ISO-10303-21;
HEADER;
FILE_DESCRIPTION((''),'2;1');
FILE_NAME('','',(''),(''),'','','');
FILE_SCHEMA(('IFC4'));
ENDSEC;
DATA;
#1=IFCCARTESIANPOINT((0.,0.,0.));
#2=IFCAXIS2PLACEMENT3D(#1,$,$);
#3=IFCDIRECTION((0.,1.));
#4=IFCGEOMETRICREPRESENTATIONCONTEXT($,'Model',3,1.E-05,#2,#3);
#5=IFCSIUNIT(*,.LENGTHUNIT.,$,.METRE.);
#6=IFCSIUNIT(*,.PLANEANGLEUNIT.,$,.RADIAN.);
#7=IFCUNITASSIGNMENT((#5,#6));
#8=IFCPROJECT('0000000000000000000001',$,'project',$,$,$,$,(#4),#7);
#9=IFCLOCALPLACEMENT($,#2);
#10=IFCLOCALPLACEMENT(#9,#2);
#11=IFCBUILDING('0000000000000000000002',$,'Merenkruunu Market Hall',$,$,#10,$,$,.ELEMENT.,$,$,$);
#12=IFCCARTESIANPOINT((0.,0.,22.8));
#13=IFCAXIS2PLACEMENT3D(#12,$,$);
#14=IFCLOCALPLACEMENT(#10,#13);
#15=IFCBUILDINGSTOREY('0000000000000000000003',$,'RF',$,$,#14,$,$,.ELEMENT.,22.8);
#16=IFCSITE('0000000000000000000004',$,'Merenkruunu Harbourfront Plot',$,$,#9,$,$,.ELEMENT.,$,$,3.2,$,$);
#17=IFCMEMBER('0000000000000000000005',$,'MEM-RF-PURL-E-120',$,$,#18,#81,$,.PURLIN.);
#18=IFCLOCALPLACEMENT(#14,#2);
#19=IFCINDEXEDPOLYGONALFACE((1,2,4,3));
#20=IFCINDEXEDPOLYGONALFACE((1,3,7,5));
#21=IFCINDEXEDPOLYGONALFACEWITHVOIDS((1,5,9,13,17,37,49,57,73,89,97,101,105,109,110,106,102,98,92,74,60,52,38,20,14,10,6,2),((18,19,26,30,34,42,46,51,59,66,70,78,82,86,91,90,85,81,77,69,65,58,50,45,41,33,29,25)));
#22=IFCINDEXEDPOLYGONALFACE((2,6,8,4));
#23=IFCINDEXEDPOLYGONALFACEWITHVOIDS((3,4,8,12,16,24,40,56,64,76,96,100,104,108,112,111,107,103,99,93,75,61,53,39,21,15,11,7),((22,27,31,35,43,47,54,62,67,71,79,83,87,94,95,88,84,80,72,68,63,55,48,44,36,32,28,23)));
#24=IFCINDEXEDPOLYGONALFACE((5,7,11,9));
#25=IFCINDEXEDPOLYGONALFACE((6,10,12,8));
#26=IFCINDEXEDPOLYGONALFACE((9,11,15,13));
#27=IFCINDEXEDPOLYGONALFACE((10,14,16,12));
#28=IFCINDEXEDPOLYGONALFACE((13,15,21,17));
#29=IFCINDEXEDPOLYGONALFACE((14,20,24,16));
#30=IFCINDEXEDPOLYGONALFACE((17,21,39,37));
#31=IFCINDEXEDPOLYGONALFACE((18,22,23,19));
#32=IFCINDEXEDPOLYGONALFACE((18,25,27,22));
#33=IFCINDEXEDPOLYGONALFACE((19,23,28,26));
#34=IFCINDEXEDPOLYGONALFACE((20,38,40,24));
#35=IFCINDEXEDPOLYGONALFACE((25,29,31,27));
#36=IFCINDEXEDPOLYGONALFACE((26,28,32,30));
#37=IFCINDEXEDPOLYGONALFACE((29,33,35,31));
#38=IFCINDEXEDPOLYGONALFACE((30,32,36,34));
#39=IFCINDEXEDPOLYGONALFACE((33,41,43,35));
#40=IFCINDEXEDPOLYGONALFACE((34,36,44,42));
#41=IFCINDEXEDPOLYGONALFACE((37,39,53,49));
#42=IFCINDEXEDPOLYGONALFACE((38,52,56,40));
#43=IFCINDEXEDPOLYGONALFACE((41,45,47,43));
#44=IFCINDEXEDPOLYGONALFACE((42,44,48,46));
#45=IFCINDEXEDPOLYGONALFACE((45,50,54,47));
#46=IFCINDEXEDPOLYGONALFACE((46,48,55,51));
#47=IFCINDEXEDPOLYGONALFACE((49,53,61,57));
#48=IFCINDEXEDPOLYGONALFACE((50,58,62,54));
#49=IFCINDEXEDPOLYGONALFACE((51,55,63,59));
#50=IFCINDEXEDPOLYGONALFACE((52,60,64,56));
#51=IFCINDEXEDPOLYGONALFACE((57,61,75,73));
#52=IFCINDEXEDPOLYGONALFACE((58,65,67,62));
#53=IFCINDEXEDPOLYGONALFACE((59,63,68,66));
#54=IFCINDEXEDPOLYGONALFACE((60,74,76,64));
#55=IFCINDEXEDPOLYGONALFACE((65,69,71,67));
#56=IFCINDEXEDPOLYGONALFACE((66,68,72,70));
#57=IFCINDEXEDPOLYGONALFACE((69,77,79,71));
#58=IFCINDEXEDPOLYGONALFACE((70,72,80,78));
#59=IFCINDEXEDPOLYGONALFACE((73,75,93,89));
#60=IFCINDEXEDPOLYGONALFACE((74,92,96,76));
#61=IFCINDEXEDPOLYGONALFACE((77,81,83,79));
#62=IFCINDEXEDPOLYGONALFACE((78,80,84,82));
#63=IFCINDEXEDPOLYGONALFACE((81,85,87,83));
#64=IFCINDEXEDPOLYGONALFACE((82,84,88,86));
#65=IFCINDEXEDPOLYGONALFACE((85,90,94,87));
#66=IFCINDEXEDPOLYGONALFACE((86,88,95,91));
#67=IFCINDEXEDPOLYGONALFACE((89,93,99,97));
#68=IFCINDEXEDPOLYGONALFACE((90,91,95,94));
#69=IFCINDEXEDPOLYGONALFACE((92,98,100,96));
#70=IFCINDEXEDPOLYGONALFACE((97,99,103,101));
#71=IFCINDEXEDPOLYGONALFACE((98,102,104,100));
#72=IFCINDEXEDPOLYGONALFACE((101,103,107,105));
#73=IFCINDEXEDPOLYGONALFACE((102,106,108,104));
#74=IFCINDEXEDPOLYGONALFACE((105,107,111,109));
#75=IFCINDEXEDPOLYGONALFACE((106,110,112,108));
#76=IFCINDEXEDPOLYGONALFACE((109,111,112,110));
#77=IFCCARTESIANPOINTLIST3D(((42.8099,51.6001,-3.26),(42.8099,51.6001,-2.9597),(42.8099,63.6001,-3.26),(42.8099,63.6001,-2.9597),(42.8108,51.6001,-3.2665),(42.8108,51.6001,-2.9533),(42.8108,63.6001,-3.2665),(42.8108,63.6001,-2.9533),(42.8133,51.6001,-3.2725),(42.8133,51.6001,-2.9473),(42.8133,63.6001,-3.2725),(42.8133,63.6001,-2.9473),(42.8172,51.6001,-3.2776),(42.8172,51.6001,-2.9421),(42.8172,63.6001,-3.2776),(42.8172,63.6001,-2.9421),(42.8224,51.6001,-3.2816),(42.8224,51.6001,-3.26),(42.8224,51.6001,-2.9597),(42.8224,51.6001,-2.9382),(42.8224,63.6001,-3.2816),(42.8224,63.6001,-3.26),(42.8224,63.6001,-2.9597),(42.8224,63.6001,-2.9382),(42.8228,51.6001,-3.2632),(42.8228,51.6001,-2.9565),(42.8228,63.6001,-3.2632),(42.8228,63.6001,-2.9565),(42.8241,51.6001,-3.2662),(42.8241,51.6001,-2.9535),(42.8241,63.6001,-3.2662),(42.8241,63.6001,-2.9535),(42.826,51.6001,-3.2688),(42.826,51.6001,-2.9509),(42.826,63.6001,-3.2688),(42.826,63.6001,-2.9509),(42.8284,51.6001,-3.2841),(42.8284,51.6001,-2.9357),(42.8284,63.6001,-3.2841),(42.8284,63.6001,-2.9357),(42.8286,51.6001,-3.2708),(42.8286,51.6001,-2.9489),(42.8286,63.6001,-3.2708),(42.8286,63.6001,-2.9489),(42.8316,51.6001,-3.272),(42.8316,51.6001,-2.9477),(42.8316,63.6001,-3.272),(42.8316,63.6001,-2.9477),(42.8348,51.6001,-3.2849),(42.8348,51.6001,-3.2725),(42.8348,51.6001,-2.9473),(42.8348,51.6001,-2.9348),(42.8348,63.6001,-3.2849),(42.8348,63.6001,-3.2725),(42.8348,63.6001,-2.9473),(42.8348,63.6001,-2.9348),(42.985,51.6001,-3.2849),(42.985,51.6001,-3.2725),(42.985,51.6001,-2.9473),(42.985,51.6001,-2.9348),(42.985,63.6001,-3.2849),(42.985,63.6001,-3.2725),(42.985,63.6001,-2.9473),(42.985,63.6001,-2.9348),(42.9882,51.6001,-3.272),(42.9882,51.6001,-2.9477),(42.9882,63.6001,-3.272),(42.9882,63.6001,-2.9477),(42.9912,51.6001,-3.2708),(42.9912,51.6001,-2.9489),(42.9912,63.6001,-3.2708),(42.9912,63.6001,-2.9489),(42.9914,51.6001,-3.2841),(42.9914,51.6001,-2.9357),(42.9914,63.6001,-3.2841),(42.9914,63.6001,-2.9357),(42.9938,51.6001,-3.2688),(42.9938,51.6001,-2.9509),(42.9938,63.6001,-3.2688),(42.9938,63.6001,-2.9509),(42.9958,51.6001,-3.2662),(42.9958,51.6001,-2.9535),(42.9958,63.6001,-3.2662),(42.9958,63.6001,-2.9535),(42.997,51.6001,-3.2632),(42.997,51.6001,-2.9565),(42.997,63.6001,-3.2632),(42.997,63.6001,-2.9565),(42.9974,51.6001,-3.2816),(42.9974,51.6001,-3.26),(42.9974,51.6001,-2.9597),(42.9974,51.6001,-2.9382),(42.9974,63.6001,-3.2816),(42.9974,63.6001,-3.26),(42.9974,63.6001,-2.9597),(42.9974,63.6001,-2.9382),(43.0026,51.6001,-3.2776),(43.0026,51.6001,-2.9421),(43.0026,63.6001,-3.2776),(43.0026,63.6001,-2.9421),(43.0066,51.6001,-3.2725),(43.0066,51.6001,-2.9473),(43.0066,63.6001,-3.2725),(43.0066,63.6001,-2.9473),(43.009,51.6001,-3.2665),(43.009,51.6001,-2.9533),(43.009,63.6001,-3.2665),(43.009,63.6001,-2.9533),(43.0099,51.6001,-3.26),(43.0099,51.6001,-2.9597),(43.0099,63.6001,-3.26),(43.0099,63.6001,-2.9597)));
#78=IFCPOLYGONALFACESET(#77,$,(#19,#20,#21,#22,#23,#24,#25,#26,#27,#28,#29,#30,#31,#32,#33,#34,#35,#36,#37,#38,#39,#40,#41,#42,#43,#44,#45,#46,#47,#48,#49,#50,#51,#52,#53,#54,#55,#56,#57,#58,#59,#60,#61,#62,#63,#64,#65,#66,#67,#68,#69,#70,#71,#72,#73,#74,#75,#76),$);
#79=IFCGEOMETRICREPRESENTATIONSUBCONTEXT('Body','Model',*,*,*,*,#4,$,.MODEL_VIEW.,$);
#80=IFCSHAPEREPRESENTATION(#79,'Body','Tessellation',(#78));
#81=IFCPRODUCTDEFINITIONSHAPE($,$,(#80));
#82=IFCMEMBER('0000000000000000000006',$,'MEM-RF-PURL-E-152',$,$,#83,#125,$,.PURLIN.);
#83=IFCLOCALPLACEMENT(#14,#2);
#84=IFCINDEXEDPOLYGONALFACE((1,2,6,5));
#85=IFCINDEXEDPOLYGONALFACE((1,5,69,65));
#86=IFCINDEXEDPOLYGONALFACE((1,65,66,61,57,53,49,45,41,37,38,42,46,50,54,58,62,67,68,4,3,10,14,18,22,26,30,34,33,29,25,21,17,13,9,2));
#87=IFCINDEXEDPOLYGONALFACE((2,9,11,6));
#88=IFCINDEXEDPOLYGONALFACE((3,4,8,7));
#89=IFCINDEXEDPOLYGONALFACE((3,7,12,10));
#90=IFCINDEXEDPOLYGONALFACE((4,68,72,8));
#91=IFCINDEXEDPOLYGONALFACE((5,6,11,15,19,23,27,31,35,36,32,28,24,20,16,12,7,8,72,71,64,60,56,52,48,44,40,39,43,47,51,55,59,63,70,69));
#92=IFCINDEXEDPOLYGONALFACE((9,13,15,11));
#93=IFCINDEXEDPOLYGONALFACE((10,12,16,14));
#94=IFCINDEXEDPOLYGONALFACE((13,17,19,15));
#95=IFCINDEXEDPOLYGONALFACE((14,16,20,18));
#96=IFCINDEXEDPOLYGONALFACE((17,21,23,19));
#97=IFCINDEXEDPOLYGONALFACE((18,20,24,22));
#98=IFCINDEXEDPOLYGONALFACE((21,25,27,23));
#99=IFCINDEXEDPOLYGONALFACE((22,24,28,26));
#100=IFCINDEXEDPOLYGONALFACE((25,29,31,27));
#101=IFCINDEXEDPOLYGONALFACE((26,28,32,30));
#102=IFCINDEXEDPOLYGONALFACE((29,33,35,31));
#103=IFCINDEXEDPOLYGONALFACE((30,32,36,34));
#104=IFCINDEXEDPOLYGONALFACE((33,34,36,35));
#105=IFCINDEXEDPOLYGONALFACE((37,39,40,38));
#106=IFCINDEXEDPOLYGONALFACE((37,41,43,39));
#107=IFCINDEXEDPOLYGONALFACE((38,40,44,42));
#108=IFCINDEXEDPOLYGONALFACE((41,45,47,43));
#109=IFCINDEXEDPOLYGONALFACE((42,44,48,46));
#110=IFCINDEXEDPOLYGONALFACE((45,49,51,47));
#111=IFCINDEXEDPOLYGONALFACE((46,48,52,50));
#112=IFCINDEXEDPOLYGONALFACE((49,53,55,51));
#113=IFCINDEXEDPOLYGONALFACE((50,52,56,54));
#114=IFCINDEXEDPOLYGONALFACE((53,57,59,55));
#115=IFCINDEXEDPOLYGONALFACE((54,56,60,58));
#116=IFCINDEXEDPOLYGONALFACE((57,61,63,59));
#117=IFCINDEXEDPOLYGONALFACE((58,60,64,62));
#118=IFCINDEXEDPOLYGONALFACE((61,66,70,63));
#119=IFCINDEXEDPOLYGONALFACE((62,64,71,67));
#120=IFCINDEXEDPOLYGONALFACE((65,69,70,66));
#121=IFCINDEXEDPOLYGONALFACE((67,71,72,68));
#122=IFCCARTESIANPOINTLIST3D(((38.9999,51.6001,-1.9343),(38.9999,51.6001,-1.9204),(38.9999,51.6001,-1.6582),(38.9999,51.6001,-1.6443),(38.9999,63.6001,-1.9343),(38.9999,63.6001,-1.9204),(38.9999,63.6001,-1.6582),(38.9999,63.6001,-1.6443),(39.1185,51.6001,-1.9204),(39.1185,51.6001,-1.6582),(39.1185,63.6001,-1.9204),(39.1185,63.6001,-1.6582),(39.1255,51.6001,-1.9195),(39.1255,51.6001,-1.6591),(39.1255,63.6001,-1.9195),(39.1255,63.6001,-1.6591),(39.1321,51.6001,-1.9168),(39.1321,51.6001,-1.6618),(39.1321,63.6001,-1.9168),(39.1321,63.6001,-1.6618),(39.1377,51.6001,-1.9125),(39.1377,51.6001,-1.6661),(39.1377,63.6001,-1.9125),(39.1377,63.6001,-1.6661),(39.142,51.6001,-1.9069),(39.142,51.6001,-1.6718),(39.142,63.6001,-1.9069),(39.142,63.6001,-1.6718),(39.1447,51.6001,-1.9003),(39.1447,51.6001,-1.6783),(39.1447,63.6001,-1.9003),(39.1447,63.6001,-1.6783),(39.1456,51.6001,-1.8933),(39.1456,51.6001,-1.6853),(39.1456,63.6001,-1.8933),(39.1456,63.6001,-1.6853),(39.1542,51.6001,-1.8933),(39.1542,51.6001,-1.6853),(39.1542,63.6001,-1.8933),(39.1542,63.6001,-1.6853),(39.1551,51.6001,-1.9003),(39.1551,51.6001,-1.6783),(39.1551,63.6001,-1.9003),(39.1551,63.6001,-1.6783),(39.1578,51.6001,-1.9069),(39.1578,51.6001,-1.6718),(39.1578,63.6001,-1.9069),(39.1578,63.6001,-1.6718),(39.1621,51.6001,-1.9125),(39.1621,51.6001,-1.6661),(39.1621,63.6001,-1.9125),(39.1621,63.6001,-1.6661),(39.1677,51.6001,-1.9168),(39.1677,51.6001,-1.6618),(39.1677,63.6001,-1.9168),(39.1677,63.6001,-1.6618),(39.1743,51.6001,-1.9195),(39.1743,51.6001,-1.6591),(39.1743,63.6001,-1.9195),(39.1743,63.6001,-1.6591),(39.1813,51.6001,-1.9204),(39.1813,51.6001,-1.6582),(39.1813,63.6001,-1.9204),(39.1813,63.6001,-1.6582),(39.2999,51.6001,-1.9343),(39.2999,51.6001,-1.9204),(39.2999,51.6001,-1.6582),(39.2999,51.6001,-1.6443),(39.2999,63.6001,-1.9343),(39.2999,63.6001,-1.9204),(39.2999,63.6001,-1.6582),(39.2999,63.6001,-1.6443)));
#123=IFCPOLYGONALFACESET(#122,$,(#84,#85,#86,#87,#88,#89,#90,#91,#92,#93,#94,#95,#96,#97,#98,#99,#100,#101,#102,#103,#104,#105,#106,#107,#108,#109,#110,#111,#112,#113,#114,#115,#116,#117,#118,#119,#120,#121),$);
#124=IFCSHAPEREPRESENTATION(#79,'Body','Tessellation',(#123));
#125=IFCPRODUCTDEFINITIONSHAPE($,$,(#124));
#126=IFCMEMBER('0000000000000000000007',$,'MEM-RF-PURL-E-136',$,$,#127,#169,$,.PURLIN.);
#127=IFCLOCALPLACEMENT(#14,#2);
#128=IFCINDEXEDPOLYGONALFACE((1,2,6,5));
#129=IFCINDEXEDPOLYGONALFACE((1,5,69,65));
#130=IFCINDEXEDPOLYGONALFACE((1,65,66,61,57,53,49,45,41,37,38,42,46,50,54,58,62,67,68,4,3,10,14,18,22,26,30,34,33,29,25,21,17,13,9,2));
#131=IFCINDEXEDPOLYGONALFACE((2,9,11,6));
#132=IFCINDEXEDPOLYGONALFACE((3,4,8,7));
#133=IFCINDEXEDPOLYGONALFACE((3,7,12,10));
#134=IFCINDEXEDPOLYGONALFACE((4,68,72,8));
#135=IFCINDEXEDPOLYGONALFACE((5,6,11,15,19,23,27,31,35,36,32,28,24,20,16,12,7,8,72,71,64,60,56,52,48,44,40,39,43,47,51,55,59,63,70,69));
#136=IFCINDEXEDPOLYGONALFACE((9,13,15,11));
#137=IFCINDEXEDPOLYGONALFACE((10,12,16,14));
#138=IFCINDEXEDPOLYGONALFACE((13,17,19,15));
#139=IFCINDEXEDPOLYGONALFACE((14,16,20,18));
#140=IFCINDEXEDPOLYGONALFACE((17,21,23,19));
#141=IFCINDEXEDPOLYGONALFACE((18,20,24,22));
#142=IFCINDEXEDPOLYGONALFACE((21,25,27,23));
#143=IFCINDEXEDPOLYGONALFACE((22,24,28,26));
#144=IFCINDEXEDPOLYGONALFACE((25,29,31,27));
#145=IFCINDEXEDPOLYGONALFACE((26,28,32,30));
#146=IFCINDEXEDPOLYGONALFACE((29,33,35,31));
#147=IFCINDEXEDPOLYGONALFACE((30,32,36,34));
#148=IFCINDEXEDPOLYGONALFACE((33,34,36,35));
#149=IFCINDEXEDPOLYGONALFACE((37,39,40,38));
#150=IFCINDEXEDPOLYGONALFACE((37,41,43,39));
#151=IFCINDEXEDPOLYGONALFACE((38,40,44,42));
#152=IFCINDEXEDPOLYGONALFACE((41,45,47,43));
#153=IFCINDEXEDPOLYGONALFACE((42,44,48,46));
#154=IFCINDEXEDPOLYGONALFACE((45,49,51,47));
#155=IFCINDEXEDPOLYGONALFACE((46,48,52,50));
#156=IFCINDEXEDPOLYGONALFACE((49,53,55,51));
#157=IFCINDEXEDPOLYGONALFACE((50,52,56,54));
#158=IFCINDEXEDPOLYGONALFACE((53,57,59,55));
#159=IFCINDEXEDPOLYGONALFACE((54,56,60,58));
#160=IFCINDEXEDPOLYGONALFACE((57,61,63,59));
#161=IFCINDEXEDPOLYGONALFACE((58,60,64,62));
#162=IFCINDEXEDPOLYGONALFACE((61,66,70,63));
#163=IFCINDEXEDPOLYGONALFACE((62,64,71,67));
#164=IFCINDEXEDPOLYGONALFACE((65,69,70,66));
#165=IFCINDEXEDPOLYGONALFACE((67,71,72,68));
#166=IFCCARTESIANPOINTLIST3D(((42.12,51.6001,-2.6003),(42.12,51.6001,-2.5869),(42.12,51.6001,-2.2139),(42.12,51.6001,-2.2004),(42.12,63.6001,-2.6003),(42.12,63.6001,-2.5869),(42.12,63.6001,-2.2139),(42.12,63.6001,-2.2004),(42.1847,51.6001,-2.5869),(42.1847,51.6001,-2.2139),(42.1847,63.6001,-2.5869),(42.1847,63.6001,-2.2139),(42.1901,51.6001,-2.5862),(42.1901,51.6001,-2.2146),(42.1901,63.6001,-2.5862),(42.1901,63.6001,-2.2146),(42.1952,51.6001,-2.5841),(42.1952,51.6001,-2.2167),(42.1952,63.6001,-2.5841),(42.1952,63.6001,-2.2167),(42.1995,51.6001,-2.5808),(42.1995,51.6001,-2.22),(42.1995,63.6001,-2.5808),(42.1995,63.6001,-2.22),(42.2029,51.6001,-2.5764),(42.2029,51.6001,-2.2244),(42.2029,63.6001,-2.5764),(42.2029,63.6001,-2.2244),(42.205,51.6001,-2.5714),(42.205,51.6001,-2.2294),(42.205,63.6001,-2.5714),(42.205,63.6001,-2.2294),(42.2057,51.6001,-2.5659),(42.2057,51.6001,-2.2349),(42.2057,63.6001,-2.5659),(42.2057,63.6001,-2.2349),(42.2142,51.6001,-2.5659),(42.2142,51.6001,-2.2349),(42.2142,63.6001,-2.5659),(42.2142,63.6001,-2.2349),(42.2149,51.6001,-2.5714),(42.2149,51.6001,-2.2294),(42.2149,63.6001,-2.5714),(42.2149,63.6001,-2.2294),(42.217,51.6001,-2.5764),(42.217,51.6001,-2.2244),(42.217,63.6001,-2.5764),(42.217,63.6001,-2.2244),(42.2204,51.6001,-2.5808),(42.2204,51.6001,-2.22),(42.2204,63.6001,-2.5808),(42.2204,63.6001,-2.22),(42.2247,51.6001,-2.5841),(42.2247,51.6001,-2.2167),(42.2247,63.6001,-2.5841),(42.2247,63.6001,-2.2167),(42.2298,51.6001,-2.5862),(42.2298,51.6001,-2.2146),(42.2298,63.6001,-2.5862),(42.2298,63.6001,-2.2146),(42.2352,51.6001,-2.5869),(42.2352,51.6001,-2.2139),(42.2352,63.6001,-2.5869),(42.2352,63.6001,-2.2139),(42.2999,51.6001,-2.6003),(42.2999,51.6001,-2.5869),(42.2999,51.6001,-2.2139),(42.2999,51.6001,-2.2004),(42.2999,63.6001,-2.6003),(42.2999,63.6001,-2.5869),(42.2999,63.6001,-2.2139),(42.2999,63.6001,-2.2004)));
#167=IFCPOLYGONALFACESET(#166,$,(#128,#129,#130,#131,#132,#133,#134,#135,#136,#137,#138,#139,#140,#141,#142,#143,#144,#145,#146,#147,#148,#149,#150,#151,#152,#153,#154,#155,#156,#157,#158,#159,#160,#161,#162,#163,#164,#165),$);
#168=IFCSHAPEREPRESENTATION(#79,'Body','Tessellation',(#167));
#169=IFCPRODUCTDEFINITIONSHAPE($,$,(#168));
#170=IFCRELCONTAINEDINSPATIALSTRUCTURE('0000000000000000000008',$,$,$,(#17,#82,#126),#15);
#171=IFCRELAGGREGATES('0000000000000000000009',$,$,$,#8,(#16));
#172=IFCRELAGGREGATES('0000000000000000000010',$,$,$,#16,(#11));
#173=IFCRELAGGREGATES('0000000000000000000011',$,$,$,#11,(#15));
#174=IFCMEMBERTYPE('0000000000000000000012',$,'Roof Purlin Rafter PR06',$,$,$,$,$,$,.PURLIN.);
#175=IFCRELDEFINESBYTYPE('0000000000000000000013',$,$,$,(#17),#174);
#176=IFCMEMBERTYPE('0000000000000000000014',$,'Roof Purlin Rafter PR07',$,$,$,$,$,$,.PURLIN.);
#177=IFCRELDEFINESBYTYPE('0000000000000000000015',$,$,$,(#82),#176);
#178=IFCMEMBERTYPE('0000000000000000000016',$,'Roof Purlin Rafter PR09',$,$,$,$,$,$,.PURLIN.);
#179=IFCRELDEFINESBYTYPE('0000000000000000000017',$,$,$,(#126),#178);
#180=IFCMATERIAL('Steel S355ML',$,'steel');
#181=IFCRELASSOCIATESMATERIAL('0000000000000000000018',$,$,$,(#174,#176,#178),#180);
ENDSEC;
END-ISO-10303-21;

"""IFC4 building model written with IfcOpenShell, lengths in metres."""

from ifc_helpers import new_model, si_unit, direction, frame, origin, origin_2d, place, context, subcontext, project, spatial, hollow_rectangle, i_section, extrude, material, material_profile, profile_set, type_object, element, save


model = new_model("IFC4")

# Units and contexts
model_context = context("Model", 3, precision=1e-05, world=origin(), true_north=direction((0.0, 1.0)))
body_context = subcontext(model_context, "Body", "Model", "MODEL_VIEW")
ifc_project = project(units=[si_unit("LENGTHUNIT", "METRE"), si_unit("PLANEANGLEUNIT", "RADIAN")], contexts=[model_context])

# Site, building, storey
site_placement = place(None, origin())
site = spatial("IfcSite", under=ifc_project, at=site_placement, Name="Merenkruunu Harbourfront Plot", CompositionType="ELEMENT", RefElevation=3.2)
building_placement = place(site_placement, origin())
building = spatial("IfcBuilding", under=site, at=building_placement, Name="Merenkruunu Market Hall", CompositionType="ELEMENT")
storey_placement = place(building_placement, frame((0.0, 0.0, 22.8)))
storey = spatial("IfcBuildingStorey", under=building, at=storey_placement, Name="RF", CompositionType="ELEMENT", Elevation=22.8)

# Shared definitions
ifc_material_1 = material(Name="Steel S355ML", Category="steel")

# Members
ifc_material_profile_1 = material_profile(ifc_material_1, hollow_rectangle(XDim=0.2, YDim=0.3501, WallThickness=0.0125, InnerFilletRadius=0.0125, OuterFilletRadius=0.0249, at=origin_2d()), Name="RHS 350x200x12.5")
ifc_profile_set_1 = profile_set([ifc_material_profile_1], Name="Steel S355ML")
member_type_1 = type_object("IfcMemberType", Name="Roof Purlin Rafter PR06", PredefinedType="PURLIN", material=ifc_profile_set_1)
member_1_placement = place(storey_placement, frame((42.9099, 51.6001, -3.1099), z_axis=(0.0, 1.0, 0.0), x_axis=(-1.0, 0.0, 0.0)))
element("IfcMember", 1, at=member_1_placement, inside=storey, type_object=member_type_1, Name="MEM-RF-PURL-E-120", PredefinedType="PURLIN", context=body_context, shape_type="SweptSolid", body=[
    extrude(hollow_rectangle(XDim=0.2, YDim=0.3501, WallThickness=0.0125, InnerFilletRadius=0.0125, OuterFilletRadius=0.0249, at=origin_2d()), origin(), (0.0, 0.0, 1.0), 12.0),
])
ifc_material_profile_2 = material_profile(ifc_material_1, i_section(OverallWidth=0.3, OverallDepth=0.29, WebThickness=0.0085, FlangeThickness=0.0139, FilletRadius=0.0271, at=origin_2d()), Name="HEA 300")
ifc_profile_set_2 = profile_set([ifc_material_profile_2], Name="Steel S355ML")
member_type_2 = type_object("IfcMemberType", Name="Roof Purlin Rafter PR07", PredefinedType="PURLIN", material=ifc_profile_set_2)
member_2_placement = place(storey_placement, frame((39.1499, 51.6001, -1.7893), z_axis=(0.0, 1.0, 0.0), x_axis=(-1.0, 0.0, 0.0)))
element("IfcMember", 2, at=member_2_placement, inside=storey, type_object=member_type_2, Name="MEM-RF-PURL-E-152", PredefinedType="PURLIN", context=body_context, shape_type="SweptSolid", body=[
    extrude(i_section(OverallWidth=0.3, OverallDepth=0.29, WebThickness=0.0085, FlangeThickness=0.0139, FilletRadius=0.0271, at=origin_2d()), origin(), (0.0, 0.0, 1.0), 12.0),
])
ifc_material_profile_3 = material_profile(ifc_material_1, i_section(OverallWidth=0.1799, OverallDepth=0.3999, WebThickness=0.0085, FlangeThickness=0.0134, FilletRadius=0.021, at=origin_2d()), Name="IPE 400")
ifc_profile_set_3 = profile_set([ifc_material_profile_3], Name="Steel S355ML")
member_type_3 = type_object("IfcMemberType", Name="Roof Purlin Rafter PR09", PredefinedType="PURLIN", material=ifc_profile_set_3)
for number, where, z_axis, x_axis, name in (
    (3, (42.21, 51.6001, -2.4004), (0.0, 1.0, 0.0), (-1.0, 0.0, 0.0), "MEM-RF-PURL-E-136"),
):
    element("IfcMember", number, at=place(storey_placement, frame(where, z_axis=z_axis, x_axis=x_axis)), inside=storey, type_object=member_type_3, Name=name, PredefinedType="PURLIN", context=body_context, shape_type="SweptSolid", body=[
        extrude(i_section(OverallWidth=0.1799, OverallDepth=0.3999, WebThickness=0.0085, FlangeThickness=0.0134, FilletRadius=0.021, at=origin_2d()), origin(), (0.0, 0.0, 1.0), 12.0),
    ])

save(model, "model.ifc")
